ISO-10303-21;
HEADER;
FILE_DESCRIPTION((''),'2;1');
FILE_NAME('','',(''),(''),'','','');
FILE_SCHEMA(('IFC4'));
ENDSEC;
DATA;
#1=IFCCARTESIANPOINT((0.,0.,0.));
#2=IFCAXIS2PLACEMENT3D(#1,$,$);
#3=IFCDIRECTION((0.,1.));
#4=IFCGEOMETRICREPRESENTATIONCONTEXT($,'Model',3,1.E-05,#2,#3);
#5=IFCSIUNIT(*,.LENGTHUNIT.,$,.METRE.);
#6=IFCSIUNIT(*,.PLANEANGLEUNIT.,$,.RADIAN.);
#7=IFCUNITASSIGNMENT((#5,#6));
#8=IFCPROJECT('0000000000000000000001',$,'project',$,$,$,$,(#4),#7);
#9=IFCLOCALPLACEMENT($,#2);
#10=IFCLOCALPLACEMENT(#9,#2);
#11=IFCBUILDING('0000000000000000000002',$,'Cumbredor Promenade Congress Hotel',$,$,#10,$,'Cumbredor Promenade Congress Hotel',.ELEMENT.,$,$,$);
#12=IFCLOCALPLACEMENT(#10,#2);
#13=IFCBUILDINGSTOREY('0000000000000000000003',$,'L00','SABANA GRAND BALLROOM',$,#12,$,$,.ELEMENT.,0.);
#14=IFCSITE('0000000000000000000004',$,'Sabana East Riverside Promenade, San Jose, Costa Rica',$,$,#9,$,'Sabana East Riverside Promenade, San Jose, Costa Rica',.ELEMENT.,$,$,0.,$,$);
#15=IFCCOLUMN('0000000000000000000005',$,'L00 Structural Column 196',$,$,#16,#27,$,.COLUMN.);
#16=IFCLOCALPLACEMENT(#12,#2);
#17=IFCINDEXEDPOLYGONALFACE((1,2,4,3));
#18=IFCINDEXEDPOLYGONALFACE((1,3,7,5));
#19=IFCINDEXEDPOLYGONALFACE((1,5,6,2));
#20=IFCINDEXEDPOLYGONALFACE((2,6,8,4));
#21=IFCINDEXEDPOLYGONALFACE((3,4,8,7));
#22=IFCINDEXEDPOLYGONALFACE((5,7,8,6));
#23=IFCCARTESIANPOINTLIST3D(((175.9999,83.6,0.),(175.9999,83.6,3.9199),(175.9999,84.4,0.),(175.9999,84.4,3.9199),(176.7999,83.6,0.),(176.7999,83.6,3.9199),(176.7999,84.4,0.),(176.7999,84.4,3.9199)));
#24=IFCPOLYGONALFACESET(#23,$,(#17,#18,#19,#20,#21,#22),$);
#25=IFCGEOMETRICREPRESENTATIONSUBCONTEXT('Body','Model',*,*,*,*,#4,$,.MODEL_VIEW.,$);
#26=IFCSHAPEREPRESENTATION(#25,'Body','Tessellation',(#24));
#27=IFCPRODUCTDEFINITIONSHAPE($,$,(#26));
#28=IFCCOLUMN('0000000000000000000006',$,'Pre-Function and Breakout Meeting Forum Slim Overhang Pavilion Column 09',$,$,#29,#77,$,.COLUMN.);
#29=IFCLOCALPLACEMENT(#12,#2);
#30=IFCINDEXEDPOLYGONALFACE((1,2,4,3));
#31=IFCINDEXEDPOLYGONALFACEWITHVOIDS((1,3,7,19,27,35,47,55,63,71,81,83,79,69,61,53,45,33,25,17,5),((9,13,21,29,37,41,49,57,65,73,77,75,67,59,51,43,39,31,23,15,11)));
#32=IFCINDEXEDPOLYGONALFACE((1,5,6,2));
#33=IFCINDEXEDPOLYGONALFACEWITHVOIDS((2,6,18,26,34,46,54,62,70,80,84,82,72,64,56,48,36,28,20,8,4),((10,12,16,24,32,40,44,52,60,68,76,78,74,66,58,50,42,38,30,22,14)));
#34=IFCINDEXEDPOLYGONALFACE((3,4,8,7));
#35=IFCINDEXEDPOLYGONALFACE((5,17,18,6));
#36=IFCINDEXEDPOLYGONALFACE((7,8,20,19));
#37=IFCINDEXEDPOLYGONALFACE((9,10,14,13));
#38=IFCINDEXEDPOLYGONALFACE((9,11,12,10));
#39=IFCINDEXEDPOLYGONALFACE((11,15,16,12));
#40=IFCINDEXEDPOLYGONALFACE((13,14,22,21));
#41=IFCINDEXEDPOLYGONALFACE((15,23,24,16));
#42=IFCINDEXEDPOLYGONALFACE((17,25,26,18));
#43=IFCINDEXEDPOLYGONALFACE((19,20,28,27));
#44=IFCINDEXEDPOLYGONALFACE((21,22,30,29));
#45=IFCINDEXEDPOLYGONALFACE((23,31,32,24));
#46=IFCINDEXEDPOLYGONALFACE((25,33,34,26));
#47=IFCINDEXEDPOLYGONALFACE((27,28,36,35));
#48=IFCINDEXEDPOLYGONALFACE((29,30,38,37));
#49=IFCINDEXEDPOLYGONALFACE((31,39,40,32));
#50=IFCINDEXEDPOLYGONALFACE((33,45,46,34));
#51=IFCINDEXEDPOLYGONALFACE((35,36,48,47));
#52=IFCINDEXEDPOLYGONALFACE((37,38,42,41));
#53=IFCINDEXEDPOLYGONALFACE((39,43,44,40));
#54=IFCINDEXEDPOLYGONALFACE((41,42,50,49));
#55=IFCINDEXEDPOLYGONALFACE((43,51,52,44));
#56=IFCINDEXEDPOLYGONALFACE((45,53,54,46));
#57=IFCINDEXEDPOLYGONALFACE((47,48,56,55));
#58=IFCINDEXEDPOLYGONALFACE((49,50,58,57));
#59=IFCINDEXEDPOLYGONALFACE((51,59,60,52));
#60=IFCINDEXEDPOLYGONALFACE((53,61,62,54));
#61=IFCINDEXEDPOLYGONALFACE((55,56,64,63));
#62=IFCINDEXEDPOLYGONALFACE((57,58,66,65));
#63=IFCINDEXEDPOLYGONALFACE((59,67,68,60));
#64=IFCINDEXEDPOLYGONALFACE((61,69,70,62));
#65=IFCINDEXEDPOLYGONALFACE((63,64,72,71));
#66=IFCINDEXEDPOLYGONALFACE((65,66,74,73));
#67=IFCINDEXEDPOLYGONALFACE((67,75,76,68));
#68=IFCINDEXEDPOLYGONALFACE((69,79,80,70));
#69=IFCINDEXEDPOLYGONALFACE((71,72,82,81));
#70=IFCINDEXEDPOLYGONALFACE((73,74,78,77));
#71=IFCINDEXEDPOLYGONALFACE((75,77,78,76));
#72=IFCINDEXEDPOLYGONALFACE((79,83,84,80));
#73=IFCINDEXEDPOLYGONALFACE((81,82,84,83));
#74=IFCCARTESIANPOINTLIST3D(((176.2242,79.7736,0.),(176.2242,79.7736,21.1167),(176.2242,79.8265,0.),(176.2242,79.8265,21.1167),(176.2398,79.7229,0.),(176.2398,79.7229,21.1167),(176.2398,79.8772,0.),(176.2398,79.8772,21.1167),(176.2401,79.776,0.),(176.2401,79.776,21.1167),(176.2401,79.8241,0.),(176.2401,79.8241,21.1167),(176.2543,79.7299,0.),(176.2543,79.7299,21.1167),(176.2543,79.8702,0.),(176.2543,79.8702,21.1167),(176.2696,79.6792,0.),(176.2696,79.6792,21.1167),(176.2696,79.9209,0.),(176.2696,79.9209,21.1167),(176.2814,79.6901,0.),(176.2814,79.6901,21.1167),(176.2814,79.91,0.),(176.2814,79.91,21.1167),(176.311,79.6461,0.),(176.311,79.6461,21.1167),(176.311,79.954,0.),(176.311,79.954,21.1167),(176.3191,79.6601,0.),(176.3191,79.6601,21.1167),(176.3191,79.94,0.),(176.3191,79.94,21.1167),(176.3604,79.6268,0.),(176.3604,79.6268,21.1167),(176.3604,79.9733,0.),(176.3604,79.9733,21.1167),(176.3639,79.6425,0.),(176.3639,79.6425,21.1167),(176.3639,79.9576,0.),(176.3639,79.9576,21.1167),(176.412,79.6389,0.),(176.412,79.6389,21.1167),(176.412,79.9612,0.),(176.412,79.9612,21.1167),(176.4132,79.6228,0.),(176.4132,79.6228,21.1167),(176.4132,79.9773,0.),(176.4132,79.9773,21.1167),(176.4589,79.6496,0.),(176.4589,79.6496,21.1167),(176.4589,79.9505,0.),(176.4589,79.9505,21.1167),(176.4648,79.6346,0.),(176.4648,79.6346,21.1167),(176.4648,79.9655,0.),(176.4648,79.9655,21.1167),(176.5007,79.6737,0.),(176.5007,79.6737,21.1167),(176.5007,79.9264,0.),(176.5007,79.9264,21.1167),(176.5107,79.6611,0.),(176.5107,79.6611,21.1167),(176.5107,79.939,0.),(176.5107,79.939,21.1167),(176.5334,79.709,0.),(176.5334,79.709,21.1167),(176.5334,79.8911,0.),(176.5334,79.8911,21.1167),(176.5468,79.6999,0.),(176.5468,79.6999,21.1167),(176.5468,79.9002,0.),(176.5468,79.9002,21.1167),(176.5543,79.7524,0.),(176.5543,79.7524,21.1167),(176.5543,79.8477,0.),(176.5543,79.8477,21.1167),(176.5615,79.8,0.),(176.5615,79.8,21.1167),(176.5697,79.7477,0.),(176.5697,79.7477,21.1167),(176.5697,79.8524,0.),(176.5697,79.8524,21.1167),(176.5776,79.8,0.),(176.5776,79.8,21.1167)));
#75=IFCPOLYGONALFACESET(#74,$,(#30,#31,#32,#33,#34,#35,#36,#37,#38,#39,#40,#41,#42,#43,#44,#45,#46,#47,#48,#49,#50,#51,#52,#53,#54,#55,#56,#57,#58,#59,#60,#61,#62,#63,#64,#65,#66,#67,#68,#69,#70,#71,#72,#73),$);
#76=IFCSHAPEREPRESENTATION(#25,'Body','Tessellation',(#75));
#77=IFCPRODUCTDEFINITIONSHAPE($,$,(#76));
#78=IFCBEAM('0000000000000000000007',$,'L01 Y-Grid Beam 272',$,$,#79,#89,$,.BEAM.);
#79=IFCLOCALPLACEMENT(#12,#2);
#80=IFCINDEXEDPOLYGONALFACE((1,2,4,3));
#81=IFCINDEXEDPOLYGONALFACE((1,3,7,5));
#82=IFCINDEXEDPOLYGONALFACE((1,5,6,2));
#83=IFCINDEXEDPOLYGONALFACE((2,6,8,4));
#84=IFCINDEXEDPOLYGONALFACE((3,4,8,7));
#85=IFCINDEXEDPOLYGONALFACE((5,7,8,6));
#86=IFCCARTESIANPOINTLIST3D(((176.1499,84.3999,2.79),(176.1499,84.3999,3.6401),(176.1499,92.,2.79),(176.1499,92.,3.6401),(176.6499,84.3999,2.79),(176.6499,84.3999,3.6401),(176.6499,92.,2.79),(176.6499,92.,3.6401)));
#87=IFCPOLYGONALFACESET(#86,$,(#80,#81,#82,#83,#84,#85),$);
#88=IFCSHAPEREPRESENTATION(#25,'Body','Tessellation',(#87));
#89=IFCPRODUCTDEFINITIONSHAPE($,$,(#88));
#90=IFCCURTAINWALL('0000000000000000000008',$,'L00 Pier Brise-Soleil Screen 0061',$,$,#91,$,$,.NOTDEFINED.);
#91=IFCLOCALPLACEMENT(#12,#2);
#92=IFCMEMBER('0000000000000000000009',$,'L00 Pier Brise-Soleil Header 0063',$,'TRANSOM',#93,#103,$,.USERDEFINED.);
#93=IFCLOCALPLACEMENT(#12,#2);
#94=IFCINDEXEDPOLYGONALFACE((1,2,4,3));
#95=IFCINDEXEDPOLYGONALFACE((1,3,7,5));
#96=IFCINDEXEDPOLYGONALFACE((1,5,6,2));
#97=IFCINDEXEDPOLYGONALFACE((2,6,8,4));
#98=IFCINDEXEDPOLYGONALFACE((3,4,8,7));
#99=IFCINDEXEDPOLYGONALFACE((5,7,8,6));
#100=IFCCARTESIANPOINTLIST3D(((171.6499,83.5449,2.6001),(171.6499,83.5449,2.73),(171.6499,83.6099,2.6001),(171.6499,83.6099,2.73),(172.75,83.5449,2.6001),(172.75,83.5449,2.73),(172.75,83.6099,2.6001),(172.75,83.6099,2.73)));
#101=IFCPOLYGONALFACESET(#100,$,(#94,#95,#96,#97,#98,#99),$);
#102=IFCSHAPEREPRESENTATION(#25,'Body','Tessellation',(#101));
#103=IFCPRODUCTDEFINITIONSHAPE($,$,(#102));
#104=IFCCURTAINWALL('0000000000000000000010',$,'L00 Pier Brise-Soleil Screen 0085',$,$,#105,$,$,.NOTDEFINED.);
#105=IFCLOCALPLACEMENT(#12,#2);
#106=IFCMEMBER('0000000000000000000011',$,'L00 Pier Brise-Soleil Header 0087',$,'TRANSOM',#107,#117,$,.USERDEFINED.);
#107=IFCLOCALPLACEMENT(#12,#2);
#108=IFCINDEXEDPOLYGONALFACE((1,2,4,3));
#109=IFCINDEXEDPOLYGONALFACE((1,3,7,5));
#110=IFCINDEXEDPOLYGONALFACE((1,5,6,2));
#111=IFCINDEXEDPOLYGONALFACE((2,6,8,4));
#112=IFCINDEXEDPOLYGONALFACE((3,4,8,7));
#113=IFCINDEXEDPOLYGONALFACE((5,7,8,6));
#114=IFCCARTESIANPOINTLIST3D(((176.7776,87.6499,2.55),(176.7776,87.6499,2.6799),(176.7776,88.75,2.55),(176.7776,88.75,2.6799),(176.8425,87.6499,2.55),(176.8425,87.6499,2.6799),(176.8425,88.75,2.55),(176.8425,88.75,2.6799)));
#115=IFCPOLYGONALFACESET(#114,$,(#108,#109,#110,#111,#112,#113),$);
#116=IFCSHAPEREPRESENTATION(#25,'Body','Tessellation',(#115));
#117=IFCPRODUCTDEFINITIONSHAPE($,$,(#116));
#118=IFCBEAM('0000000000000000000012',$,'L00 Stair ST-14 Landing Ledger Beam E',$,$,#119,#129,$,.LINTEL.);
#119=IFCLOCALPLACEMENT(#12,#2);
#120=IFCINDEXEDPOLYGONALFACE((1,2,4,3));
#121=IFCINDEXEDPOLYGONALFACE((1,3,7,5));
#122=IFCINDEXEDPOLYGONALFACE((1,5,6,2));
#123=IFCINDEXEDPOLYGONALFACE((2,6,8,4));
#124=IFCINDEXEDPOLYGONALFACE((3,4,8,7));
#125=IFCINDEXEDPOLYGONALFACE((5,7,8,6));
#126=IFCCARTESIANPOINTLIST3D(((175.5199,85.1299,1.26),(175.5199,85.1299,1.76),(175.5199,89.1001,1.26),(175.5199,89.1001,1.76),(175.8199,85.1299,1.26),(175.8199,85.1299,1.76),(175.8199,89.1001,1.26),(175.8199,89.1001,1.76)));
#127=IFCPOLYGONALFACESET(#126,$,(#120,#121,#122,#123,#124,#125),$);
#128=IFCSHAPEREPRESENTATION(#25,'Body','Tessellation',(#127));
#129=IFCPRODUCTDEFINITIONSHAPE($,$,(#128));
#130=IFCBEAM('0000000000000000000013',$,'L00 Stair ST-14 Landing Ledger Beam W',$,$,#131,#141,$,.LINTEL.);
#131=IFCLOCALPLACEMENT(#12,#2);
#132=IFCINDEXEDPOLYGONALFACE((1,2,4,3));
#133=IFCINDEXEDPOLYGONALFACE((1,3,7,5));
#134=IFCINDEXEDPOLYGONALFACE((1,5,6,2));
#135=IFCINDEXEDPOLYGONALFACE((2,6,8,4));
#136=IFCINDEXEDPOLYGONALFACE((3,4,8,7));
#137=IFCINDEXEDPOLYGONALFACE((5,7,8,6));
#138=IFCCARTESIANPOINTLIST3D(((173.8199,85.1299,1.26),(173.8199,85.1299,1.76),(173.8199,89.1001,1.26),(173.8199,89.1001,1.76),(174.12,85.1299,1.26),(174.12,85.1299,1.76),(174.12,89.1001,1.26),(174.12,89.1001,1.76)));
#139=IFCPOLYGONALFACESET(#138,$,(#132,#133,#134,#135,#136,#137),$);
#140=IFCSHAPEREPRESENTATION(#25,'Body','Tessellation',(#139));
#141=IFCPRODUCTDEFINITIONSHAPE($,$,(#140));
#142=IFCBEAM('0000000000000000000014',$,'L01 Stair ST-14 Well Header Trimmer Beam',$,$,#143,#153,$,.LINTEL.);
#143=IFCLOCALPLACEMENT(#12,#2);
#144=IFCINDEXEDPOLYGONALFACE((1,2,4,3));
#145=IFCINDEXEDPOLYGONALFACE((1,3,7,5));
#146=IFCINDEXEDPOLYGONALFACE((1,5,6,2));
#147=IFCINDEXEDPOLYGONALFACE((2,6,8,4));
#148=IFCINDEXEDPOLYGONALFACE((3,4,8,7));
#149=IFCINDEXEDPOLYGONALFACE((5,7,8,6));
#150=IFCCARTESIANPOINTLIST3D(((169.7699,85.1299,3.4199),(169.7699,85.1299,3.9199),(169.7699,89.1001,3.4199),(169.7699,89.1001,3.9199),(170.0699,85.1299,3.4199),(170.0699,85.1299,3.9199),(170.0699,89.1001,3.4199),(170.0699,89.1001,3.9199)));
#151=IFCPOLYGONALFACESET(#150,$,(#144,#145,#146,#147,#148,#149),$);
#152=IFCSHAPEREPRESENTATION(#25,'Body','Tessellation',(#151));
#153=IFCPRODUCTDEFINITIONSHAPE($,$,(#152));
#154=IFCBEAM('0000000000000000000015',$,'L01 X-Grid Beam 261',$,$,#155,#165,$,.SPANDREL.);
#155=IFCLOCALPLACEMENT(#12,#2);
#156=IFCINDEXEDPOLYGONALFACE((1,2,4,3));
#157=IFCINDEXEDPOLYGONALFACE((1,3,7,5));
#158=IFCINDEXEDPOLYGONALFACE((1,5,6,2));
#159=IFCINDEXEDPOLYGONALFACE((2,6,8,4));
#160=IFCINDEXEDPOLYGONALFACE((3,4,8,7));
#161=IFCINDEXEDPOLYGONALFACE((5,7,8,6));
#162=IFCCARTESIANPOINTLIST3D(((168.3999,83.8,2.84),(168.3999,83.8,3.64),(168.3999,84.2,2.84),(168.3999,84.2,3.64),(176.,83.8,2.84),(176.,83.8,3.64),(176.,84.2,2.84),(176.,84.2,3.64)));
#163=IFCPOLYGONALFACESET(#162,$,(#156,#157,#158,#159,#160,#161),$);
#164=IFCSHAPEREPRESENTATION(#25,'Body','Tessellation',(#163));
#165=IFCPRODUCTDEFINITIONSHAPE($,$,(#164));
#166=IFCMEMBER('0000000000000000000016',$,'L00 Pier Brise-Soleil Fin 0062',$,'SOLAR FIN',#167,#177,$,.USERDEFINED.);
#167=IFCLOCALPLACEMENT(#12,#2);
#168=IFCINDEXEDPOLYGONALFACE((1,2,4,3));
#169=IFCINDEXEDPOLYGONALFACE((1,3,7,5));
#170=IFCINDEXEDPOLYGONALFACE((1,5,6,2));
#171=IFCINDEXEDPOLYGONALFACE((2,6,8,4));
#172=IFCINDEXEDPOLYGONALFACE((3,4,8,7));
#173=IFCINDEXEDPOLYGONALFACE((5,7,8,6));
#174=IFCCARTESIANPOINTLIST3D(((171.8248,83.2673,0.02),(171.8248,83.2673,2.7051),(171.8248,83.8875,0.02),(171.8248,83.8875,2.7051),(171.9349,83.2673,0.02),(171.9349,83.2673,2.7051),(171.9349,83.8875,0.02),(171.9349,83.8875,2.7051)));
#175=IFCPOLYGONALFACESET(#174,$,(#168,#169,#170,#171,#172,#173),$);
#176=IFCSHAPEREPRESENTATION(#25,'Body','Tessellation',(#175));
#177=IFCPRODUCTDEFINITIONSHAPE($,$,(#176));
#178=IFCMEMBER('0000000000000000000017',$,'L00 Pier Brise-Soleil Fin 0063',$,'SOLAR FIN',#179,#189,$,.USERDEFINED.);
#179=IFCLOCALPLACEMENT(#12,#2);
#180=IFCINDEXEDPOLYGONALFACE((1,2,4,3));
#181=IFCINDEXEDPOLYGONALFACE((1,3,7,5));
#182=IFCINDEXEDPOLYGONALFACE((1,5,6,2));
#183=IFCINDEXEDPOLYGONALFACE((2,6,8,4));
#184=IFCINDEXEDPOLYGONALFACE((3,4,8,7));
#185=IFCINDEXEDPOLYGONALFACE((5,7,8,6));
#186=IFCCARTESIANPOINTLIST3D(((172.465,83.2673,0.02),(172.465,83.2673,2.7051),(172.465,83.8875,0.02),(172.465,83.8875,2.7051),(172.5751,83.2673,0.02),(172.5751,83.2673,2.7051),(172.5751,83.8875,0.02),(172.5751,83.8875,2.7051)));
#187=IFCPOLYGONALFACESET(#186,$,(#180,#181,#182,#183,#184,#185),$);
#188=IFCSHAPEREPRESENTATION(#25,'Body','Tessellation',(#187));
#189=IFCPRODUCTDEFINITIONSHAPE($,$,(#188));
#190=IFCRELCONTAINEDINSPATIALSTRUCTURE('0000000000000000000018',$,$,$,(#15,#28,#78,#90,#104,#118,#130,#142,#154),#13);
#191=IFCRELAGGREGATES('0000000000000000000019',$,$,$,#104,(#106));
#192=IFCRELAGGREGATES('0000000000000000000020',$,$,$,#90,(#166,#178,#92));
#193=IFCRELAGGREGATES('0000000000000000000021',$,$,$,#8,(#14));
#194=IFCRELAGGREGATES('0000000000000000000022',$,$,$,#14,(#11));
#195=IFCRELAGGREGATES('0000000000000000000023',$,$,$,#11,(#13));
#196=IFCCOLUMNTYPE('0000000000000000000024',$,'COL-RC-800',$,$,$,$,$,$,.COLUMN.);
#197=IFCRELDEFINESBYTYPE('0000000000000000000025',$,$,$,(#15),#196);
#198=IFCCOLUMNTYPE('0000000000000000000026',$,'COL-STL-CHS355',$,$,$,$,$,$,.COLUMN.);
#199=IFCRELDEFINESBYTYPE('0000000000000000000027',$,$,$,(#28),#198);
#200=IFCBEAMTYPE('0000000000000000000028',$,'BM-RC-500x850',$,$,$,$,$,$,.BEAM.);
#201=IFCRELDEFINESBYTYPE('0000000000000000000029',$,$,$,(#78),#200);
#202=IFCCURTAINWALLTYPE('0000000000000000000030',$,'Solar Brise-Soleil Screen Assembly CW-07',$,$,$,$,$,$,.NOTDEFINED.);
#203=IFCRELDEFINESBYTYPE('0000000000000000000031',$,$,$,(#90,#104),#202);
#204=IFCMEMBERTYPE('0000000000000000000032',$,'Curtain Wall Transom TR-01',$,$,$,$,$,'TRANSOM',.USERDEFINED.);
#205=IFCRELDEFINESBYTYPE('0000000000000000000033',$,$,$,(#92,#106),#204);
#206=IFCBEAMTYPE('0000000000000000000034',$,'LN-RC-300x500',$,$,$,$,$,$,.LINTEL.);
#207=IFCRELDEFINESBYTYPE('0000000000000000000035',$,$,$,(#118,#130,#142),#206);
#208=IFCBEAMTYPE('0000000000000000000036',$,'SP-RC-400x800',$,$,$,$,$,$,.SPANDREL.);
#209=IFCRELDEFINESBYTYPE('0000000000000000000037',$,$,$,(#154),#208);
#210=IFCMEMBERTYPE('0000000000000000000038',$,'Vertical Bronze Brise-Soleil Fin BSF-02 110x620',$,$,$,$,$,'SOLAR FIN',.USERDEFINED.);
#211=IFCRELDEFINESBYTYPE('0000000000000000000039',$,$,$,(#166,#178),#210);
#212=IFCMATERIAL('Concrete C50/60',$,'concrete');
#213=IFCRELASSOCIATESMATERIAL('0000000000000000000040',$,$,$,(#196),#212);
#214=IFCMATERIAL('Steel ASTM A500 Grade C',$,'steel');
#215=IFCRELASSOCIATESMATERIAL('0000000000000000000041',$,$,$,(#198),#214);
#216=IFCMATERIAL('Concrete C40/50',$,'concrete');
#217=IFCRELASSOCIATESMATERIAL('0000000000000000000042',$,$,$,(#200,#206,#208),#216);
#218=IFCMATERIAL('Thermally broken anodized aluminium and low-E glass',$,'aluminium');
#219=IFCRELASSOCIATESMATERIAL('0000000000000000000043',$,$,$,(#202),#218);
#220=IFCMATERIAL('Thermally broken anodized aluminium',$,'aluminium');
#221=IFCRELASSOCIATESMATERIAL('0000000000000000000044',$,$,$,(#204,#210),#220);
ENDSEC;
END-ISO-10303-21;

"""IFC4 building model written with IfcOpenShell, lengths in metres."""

from ifc_helpers import new_model, si_unit, direction, frame, origin, origin_2d, place, context, subcontext, project, spatial, rectangle, hollow_circle, extrude, material, material_profile, profile_set, type_object, element, aggregate, save


model = new_model("IFC4")

# Units and contexts
model_context = context("Model", 3, precision=1e-05, world=origin(), true_north=direction((0.0, 1.0)))
body_context = subcontext(model_context, "Body", "Model", "MODEL_VIEW")
ifc_project = project(units=[si_unit("LENGTHUNIT", "METRE"), si_unit("PLANEANGLEUNIT", "RADIAN")], contexts=[model_context])

# Site, building, storey
site_placement = place(None, origin())
site = spatial("IfcSite", under=ifc_project, at=site_placement, Name="Sabana East Riverside Promenade, San Jose, Costa Rica", LongName="Sabana East Riverside Promenade, San Jose, Costa Rica", CompositionType="ELEMENT", RefElevation=0.0)
building_placement = place(site_placement, origin())
building = spatial("IfcBuilding", under=site, at=building_placement, Name="Cumbredor Promenade Congress Hotel", LongName="Cumbredor Promenade Congress Hotel", CompositionType="ELEMENT")
storey_placement = place(building_placement, origin())
storey = spatial("IfcBuildingStorey", under=building, at=storey_placement, Name="L00", Description="SABANA GRAND BALLROOM", CompositionType="ELEMENT", Elevation=0.0)

# Columns
ifc_material_1 = material(Name="Concrete C50/60", Category="concrete")
ifc_material_profile_1 = material_profile(ifc_material_1, rectangle(XDim=0.8, YDim=0.8, at=origin_2d()), Name="RC 800x800")
ifc_profile_set_1 = profile_set([ifc_material_profile_1], Name="Concrete C50/60")
column_type_1 = type_object("IfcColumnType", Name="COL-RC-800", PredefinedType="COLUMN", material=ifc_profile_set_1)
column_1_placement = place(storey_placement, frame((176.3999, 84.0, 0.0), z_axis=(0.0, 0.0, 1.0), x_axis=(1.0, 0.0, 0.0)))
element("IfcColumn", 1, at=column_1_placement, inside=storey, type_object=column_type_1, Name="L00 Structural Column 196", PredefinedType="COLUMN", context=body_context, shape_type="SweptSolid", body=[
    extrude(rectangle(XDim=0.8, YDim=0.8, at=origin_2d()), origin(), (0.0, 0.0, 1.0), 3.9199),
])
ifc_material_2 = material(Name="Steel ASTM A500 Grade C", Category="steel")
ifc_material_profile_2 = material_profile(ifc_material_2, hollow_circle(Radius=0.1777, WallThickness=0.0161, at=origin_2d()), Name="CHS 355.6x16")
ifc_profile_set_2 = profile_set([ifc_material_profile_2], Name="Steel ASTM A500 Grade C")
column_type_2 = type_object("IfcColumnType", Name="COL-STL-CHS355", PredefinedType="COLUMN", material=ifc_profile_set_2)
column_2_placement = place(storey_placement, frame((176.3999, 79.8, 0.0), z_axis=(0.0, 0.0, 1.0), x_axis=(1.0, 0.0, 0.0)))
element("IfcColumn", 2, at=column_2_placement, inside=storey, type_object=column_type_2, Name="Pre-Function and Breakout Meeting Forum Slim Overhang Pavilion Column 09", PredefinedType="COLUMN", context=body_context, shape_type="SweptSolid", body=[
    extrude(hollow_circle(Radius=0.1777, WallThickness=0.0161, at=origin_2d()), origin(), (0.0, 0.0, 1.0), 21.1167),
])

# Beam
ifc_material_3 = material(Name="Concrete C40/50", Category="concrete")
ifc_material_profile_3 = material_profile(ifc_material_3, rectangle(XDim=0.5, YDim=0.8501, at=origin_2d()), Name="RC BEAM 500x850")
ifc_profile_set_3 = profile_set([ifc_material_profile_3], Name="Concrete C40/50")
beam_type_1 = type_object("IfcBeamType", Name="BM-RC-500x850", PredefinedType="BEAM", material=ifc_profile_set_3)
beam_1_placement = place(storey_placement, frame((176.3999, 84.3999, 3.2151), z_axis=(0.0, 1.0, 0.0), x_axis=(-1.0, 0.0, 0.0)))
element("IfcBeam", 3, at=beam_1_placement, inside=storey, type_object=beam_type_1, Name="L01 Y-Grid Beam 272", PredefinedType="BEAM", context=body_context, shape_type="SweptSolid", body=[
    extrude(rectangle(XDim=0.5, YDim=0.8501, at=origin_2d()), origin(), (0.0, 0.0, 1.0), 7.6001),
])

# Curtain walls, members
ifc_material_4 = material(Name="Thermally broken anodized aluminium and low-E glass", Category="aluminium")
curtain_wall_type = type_object("IfcCurtainWallType", Name="Solar Brise-Soleil Screen Assembly CW-07", PredefinedType="NOTDEFINED", material=ifc_material_4)
curtain_wall_1_placement = place(storey_placement, origin())
curtain_wall_1 = element("IfcCurtainWall", 4, at=curtain_wall_1_placement, inside=storey, type_object=curtain_wall_type, Name="L00 Pier Brise-Soleil Screen 0061", PredefinedType="NOTDEFINED")
ifc_material_5 = material(Name="Thermally broken anodized aluminium", Category="aluminium")
ifc_material_profile_4 = material_profile(ifc_material_5, rectangle(XDim=0.0649, YDim=0.1299, at=origin_2d()), Name="ALU TRANSOM 65x130")
ifc_profile_set_4 = profile_set([ifc_material_profile_4], Name="Thermally broken anodized aluminium")
member_type_1 = type_object("IfcMemberType", Name="Curtain Wall Transom TR-01", ElementType="TRANSOM", PredefinedType="USERDEFINED", material=ifc_profile_set_4)
member_1_placement = place(storey_placement, frame((171.6499, 83.5774, 2.665), z_axis=(1.0, 0.0, 0.0), x_axis=(0.0, 1.0, 0.0)))
member_1 = element("IfcMember", 5, at=member_1_placement, type_object=member_type_1, Name="L00 Pier Brise-Soleil Header 0063", ObjectType="TRANSOM", PredefinedType="USERDEFINED", context=body_context, shape_type="SweptSolid", body=[
    extrude(rectangle(XDim=0.0649, YDim=0.1299, at=origin_2d()), origin(), (0.0, 0.0, 1.0), 1.1001),
])
curtain_wall_2_placement = place(storey_placement, origin())
curtain_wall_2 = element("IfcCurtainWall", 6, at=curtain_wall_2_placement, inside=storey, type_object=curtain_wall_type, Name="L00 Pier Brise-Soleil Screen 0085", PredefinedType="NOTDEFINED")
member_2_placement = place(storey_placement, frame((176.8101, 87.6499, 2.615), z_axis=(0.0, 1.0, 0.0), x_axis=(-1.0, 0.0, 0.0)))
member_2 = element("IfcMember", 7, at=member_2_placement, type_object=member_type_1, Name="L00 Pier Brise-Soleil Header 0087", ObjectType="TRANSOM", PredefinedType="USERDEFINED", context=body_context, shape_type="SweptSolid", body=[
    extrude(rectangle(XDim=0.0649, YDim=0.1299, at=origin_2d()), origin(), (0.0, 0.0, 1.0), 1.1001),
])
aggregate(curtain_wall_2, [member_2])

# Beams
ifc_material_profile_5 = material_profile(ifc_material_3, rectangle(XDim=0.3, YDim=0.5, at=origin_2d()), Name="RC LINTEL 300x500")
ifc_profile_set_5 = profile_set([ifc_material_profile_5], Name="Concrete C40/50")
beam_type_2 = type_object("IfcBeamType", Name="LN-RC-300x500", PredefinedType="LINTEL", material=ifc_profile_set_5)
for number, where, z_axis, x_axis, name in (
    (8, (175.6699, 85.1299, 1.51), (0.0, 1.0, 0.0), (-1.0, 0.0, 0.0), "L00 Stair ST-14 Landing Ledger Beam E"),
    (9, (173.97, 85.1299, 1.51), (0.0, 1.0, 0.0), (-1.0, 0.0, 0.0), "L00 Stair ST-14 Landing Ledger Beam W"),
    (10, (169.9199, 85.1299, 3.6699), (0.0, 1.0, 0.0), (-1.0, 0.0, 0.0), "L01 Stair ST-14 Well Header Trimmer Beam"),
):
    element("IfcBeam", number, at=place(storey_placement, frame(where, z_axis=z_axis, x_axis=x_axis)), inside=storey, type_object=beam_type_2, Name=name, PredefinedType="LINTEL", context=body_context, shape_type="SweptSolid", body=[
        extrude(rectangle(XDim=0.3, YDim=0.5, at=origin_2d()), origin(), (0.0, 0.0, 1.0), 3.9702),
    ])
ifc_material_profile_6 = material_profile(ifc_material_3, rectangle(XDim=0.3999, YDim=0.8, at=origin_2d()), Name="RC SPANDREL 400x800")
ifc_profile_set_6 = profile_set([ifc_material_profile_6], Name="Concrete C40/50")
beam_type_3 = type_object("IfcBeamType", Name="SP-RC-400x800", PredefinedType="SPANDREL", material=ifc_profile_set_6)
beam_2_placement = place(storey_placement, frame((168.3999, 84.0, 3.24), z_axis=(1.0, 0.0, 0.0), x_axis=(0.0, 1.0, 0.0)))
element("IfcBeam", 11, at=beam_2_placement, inside=storey, type_object=beam_type_3, Name="L01 X-Grid Beam 261", PredefinedType="SPANDREL", context=body_context, shape_type="SweptSolid", body=[
    extrude(rectangle(XDim=0.3999, YDim=0.8, at=origin_2d()), origin(), (0.0, 0.0, 1.0), 7.6001),
])

# Members
ifc_material_profile_7 = material_profile(ifc_material_5, rectangle(XDim=0.1101, YDim=0.6201, at=origin_2d()), Name="ARCH FIN 110x620")
ifc_profile_set_7 = profile_set([ifc_material_profile_7], Name="Thermally broken anodized aluminium")
member_type_2 = type_object("IfcMemberType", Name="Vertical Bronze Brise-Soleil Fin BSF-02 110x620", ElementType="SOLAR FIN", PredefinedType="USERDEFINED", material=ifc_profile_set_7)
member_3_placement = place(storey_placement, frame((171.8799, 83.5774, 0.02), z_axis=(0.0, 0.0, 1.0), x_axis=(1.0, 0.0, 0.0)))
member_3 = element("IfcMember", 12, at=member_3_placement, type_object=member_type_2, Name="L00 Pier Brise-Soleil Fin 0062", ObjectType="SOLAR FIN", PredefinedType="USERDEFINED", context=body_context, shape_type="SweptSolid", body=[
    extrude(rectangle(XDim=0.1101, YDim=0.6201, at=origin_2d()), origin(), (0.0, 0.0, 1.0), 2.6851),
])
member_4_placement = place(storey_placement, frame((172.52, 83.5774, 0.02), z_axis=(0.0, 0.0, 1.0), x_axis=(1.0, 0.0, 0.0)))
member_4 = element("IfcMember", 13, at=member_4_placement, type_object=member_type_2, Name="L00 Pier Brise-Soleil Fin 0063", ObjectType="SOLAR FIN", PredefinedType="USERDEFINED", context=body_context, shape_type="SweptSolid", body=[
    extrude(rectangle(XDim=0.1101, YDim=0.6201, at=origin_2d()), origin(), (0.0, 0.0, 1.0), 2.6851),
])
aggregate(curtain_wall_1, [member_3, member_4, member_1])

save(model, "model.ifc")
